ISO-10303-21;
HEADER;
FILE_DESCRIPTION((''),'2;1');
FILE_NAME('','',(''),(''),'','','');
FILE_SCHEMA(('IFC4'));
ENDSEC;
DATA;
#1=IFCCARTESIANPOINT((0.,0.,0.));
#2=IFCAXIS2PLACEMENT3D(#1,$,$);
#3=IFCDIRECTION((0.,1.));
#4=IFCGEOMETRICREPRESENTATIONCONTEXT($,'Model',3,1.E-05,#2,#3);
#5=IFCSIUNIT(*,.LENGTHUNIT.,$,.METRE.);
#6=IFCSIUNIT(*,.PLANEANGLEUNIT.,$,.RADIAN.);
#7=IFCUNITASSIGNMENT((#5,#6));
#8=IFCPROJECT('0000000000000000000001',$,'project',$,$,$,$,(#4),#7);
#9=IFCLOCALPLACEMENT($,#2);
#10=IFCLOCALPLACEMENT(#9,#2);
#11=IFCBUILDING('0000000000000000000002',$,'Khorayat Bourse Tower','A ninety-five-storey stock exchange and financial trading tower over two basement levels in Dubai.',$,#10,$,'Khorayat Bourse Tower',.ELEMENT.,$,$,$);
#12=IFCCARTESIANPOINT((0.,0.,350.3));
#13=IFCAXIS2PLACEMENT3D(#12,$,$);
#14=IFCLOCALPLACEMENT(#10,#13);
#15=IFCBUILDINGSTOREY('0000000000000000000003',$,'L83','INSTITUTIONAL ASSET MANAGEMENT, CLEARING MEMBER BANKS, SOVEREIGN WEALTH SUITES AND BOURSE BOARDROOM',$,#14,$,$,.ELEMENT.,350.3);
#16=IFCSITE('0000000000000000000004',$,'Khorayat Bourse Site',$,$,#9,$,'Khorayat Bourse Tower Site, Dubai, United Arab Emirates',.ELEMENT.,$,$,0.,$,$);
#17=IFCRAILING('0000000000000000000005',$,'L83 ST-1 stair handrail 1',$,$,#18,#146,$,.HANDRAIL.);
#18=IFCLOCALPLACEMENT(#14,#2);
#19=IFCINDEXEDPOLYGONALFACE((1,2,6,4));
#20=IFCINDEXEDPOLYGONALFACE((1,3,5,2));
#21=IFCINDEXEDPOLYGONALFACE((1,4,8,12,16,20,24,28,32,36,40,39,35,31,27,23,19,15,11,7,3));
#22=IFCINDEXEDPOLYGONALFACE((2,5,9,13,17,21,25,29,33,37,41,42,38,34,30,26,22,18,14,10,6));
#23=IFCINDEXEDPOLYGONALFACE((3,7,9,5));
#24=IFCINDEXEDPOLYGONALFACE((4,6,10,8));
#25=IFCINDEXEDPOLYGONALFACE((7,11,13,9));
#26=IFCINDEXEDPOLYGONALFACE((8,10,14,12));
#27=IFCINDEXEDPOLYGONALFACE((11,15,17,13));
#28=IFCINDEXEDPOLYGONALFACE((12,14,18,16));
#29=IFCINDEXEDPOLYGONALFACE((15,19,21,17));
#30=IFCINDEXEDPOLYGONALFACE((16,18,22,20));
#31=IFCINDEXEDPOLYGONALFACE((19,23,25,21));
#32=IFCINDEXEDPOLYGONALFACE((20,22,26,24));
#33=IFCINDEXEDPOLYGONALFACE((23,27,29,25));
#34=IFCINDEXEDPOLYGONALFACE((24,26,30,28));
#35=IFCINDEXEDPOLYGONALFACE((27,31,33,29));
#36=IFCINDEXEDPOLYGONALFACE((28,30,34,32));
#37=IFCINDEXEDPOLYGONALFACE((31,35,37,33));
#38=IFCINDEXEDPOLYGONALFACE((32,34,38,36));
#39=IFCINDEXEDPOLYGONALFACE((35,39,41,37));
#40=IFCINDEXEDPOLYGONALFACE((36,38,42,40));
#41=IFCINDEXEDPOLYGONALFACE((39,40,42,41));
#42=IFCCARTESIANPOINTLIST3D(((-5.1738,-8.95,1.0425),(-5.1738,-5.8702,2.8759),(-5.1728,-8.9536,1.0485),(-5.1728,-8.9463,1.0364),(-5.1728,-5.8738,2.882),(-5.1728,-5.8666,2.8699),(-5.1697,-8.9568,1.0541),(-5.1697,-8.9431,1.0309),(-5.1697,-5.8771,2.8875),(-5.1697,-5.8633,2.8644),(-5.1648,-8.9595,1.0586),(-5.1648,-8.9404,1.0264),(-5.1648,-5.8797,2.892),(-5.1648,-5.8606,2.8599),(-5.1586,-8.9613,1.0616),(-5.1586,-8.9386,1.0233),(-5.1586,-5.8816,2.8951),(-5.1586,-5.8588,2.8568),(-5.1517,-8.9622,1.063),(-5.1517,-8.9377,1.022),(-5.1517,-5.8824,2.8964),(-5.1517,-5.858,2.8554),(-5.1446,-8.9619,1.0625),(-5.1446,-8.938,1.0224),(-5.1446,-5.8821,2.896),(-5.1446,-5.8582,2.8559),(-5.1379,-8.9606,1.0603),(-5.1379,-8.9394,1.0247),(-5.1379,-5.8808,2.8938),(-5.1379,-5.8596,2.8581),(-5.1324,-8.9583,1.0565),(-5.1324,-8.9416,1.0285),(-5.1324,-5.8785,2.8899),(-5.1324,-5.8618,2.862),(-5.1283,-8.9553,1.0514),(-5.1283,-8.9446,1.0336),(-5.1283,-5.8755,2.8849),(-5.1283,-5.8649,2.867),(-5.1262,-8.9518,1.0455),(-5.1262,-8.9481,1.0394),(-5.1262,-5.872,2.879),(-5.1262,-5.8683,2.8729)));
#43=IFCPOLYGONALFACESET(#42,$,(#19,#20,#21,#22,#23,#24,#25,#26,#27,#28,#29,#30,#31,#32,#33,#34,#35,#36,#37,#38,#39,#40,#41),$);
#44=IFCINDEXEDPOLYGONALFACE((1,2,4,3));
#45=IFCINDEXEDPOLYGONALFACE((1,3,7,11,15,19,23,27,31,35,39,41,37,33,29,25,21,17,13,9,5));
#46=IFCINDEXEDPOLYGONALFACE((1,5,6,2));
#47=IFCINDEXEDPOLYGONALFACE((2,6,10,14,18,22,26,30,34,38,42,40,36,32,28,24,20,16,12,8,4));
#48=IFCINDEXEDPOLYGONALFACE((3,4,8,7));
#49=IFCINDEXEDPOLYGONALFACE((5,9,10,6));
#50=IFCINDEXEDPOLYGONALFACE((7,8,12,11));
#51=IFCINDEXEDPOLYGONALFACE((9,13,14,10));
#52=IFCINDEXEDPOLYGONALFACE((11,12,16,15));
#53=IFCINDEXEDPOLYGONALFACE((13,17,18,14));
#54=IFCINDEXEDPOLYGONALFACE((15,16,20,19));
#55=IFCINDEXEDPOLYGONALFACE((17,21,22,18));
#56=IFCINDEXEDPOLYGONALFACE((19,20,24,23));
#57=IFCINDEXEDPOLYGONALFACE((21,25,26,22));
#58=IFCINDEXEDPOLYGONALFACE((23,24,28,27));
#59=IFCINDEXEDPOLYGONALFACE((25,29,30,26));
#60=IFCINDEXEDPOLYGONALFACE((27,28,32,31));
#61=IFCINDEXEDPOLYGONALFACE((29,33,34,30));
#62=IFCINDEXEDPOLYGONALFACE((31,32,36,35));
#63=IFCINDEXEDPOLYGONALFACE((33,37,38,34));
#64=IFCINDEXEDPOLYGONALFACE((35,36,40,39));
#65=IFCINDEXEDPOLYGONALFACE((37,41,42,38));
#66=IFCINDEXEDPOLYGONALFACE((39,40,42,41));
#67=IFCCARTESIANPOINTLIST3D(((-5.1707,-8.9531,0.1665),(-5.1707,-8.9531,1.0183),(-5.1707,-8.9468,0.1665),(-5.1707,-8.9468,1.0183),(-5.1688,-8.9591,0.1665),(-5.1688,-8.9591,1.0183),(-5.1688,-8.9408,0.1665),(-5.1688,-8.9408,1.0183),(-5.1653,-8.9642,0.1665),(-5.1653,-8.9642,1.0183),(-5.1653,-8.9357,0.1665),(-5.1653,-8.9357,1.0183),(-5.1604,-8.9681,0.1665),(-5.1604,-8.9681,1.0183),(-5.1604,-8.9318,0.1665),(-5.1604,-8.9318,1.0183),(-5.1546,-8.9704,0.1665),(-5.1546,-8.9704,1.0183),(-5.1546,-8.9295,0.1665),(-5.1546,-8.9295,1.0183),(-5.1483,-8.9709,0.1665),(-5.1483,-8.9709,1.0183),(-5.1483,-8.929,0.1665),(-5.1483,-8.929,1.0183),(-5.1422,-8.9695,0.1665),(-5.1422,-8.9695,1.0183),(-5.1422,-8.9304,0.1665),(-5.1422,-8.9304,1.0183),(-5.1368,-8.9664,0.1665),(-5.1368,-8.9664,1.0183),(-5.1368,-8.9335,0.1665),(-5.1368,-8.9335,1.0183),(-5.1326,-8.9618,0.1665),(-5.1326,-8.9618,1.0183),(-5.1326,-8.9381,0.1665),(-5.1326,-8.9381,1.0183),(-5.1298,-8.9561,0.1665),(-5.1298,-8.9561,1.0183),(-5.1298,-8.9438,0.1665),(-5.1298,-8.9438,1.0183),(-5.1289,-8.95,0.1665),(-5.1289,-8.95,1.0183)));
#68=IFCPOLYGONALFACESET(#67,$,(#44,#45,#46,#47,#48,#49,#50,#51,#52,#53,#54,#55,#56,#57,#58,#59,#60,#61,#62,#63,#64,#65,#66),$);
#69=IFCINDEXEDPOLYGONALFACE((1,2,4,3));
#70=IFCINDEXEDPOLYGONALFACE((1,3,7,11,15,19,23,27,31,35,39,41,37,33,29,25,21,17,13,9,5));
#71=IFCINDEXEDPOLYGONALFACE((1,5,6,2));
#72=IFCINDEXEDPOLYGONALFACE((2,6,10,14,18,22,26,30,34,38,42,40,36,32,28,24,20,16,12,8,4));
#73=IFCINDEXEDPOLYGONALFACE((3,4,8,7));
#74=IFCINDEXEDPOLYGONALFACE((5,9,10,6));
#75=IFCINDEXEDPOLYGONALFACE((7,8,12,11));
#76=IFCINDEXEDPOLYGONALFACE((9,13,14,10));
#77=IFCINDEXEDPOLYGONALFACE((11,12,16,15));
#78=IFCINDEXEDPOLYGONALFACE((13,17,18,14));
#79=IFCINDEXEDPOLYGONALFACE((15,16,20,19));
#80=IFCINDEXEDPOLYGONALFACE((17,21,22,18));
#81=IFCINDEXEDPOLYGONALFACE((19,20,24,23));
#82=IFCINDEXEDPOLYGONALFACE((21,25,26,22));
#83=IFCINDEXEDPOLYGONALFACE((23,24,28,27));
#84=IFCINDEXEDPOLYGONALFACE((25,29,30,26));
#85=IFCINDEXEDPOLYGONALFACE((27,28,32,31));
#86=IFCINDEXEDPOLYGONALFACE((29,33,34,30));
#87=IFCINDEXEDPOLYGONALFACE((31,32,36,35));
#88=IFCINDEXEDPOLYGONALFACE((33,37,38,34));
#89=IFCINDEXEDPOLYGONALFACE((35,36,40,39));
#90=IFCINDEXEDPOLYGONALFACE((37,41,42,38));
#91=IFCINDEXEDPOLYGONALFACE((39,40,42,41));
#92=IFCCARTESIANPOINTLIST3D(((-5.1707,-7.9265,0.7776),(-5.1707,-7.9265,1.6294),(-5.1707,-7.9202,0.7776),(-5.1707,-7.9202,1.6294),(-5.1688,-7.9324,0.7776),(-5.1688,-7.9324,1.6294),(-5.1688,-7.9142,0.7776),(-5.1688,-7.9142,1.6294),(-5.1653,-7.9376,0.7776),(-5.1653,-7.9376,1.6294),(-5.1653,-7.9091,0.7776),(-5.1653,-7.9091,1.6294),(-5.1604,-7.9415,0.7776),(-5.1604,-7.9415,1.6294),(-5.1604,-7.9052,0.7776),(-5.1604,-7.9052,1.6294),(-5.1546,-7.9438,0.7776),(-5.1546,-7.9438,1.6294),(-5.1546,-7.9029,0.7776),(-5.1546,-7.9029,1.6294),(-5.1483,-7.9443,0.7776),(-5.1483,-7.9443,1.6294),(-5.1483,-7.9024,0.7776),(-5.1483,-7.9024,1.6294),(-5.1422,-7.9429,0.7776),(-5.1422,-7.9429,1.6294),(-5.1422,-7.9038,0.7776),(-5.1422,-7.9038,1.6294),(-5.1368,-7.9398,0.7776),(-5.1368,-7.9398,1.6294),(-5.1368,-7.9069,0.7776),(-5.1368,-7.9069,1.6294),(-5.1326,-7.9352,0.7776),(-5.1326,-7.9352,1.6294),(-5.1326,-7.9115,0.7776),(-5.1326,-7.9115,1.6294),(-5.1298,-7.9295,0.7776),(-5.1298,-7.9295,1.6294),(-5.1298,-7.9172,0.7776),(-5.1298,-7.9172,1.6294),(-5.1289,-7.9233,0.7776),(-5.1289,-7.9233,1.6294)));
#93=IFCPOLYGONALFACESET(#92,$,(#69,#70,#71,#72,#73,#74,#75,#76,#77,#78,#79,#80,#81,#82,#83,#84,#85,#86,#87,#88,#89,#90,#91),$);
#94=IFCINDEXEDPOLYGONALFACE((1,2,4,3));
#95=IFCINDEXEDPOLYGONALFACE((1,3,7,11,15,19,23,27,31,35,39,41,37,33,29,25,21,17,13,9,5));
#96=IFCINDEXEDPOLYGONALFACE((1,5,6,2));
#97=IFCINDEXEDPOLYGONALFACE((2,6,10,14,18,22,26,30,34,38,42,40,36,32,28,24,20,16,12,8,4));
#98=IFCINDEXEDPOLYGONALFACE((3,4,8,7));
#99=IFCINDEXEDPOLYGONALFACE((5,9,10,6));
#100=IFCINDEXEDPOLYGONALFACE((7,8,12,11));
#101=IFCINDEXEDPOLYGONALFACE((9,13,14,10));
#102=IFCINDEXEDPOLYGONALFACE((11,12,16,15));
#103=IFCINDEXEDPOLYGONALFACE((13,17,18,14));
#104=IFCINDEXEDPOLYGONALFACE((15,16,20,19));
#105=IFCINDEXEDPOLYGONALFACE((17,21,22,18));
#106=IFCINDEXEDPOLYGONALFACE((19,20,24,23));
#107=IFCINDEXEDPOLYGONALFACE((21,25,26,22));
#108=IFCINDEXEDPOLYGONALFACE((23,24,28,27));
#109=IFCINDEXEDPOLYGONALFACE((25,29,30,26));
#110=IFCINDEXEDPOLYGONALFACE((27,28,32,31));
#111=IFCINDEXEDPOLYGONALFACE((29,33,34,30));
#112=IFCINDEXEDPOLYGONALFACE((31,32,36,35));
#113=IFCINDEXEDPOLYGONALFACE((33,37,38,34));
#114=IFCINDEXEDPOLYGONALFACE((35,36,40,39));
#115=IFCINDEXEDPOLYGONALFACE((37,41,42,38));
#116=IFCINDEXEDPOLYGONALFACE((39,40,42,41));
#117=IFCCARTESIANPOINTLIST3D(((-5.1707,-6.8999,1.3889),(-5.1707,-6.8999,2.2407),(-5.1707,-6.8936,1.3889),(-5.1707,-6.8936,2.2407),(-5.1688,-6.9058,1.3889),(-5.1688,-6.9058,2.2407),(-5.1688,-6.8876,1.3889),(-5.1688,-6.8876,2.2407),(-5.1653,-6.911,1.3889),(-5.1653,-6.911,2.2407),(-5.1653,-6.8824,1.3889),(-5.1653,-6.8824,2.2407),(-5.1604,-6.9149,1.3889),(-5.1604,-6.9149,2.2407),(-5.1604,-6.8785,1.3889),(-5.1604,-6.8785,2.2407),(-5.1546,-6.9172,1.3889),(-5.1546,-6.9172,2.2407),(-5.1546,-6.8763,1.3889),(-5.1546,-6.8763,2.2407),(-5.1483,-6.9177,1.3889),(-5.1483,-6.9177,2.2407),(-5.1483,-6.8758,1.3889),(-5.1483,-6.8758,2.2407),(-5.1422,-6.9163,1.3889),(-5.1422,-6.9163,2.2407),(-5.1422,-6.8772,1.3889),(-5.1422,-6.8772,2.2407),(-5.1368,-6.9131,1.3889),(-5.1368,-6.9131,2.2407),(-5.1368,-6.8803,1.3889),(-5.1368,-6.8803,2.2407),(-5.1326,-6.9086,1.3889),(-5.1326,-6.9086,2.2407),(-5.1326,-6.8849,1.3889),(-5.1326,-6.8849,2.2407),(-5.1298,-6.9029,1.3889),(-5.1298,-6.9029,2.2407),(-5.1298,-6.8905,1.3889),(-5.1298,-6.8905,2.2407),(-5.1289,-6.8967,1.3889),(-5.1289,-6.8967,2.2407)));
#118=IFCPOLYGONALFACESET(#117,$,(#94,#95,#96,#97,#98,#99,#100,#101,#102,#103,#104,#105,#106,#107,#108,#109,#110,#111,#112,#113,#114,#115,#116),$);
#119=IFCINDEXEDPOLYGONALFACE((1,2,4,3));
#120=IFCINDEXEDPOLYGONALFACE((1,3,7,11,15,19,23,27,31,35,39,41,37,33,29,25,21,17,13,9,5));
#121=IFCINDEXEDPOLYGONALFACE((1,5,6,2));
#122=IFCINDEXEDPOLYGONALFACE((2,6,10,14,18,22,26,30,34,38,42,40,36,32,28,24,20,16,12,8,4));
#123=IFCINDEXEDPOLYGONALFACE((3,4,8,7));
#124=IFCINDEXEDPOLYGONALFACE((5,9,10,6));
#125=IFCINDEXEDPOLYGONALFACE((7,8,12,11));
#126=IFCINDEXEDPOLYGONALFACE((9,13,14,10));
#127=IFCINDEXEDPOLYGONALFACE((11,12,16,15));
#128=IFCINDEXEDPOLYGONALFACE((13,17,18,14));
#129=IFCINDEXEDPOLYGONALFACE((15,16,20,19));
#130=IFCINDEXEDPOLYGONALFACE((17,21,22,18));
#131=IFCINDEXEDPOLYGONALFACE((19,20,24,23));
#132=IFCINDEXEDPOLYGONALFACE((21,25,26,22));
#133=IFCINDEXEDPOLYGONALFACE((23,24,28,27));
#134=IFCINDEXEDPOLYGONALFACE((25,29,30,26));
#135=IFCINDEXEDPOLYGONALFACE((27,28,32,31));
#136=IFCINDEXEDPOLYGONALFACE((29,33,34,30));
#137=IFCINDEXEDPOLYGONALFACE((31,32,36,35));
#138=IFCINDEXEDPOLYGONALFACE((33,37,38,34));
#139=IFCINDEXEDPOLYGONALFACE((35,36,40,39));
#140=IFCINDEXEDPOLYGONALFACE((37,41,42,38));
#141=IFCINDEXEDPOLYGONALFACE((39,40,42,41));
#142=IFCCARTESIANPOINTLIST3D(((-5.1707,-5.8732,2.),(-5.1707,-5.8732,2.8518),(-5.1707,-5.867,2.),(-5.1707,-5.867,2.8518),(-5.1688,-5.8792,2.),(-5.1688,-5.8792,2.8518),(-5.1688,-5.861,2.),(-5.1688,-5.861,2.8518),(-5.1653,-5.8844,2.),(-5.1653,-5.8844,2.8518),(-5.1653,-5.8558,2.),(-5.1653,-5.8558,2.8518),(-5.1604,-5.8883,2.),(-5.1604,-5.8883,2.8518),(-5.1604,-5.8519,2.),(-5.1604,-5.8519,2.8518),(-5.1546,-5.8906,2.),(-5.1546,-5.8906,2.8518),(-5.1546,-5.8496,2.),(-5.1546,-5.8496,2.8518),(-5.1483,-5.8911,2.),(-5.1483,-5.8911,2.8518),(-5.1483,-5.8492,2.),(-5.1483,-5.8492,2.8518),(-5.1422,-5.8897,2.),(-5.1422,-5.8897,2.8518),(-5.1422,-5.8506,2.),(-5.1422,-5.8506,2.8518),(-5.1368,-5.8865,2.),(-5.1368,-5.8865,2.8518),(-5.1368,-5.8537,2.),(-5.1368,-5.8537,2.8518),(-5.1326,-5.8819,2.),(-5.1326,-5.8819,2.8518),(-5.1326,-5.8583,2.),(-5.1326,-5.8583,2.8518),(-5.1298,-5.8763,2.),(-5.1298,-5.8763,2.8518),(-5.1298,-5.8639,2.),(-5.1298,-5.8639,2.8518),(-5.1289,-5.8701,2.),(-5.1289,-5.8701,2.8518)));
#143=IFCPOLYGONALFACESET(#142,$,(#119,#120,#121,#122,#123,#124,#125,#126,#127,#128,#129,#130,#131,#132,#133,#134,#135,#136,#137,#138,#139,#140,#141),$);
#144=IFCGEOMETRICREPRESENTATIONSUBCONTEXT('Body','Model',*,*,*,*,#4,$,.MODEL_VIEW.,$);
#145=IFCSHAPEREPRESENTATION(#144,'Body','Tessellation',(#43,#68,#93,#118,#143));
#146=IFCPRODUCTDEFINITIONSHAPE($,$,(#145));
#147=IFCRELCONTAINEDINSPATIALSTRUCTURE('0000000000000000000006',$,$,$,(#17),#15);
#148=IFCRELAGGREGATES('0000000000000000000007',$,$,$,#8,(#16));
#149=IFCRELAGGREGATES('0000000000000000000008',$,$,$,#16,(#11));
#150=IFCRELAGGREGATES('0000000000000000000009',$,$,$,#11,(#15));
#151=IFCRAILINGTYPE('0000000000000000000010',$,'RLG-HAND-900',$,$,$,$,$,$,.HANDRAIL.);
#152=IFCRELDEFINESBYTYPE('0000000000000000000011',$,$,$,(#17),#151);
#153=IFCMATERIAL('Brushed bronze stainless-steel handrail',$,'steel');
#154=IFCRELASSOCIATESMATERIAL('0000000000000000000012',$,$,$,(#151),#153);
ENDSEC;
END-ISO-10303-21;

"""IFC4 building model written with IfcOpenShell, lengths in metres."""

from ifc_helpers import new_model, si_unit, direction, frame, origin, origin_2d, place, context, subcontext, project, spatial, circle, extrude, source, transform, mapped, material, type_object, element, save


model = new_model("IFC4")

# Units and contexts
model_context = context("Model", 3, precision=1e-05, world=origin(), true_north=direction((0.0, 1.0)))
body_context = subcontext(model_context, "Body", "Model", "MODEL_VIEW")
ifc_project = project(units=[si_unit("LENGTHUNIT", "METRE"), si_unit("PLANEANGLEUNIT", "RADIAN")], contexts=[model_context])

# Site, building, storey
site_placement = place(None, origin())
site = spatial("IfcSite", under=ifc_project, at=site_placement, Name="Khorayat Bourse Site", LongName="Khorayat Bourse Tower Site, Dubai, United Arab Emirates", CompositionType="ELEMENT", RefElevation=0.0)
building_placement = place(site_placement, origin())
building = spatial("IfcBuilding", under=site, at=building_placement, Name="Khorayat Bourse Tower", Description="A ninety-five-storey stock exchange and financial trading tower over two basement levels in Dubai.", LongName="Khorayat Bourse Tower", CompositionType="ELEMENT")
storey_placement = place(building_placement, frame((0.0, 0.0, 350.3)))
storey = spatial("IfcBuildingStorey", under=building, at=storey_placement, Name="L83", Description="INSTITUTIONAL ASSET MANAGEMENT, CLEARING MEMBER BANKS, SOVEREIGN WEALTH SUITES AND BOURSE BOARDROOM", CompositionType="ELEMENT", Elevation=350.3)

# Railing
ifc_material_1 = material(Name="Brushed bronze stainless-steel handrail", Category="steel")
railing_type_1 = type_object("IfcRailingType", Name="RLG-HAND-900", PredefinedType="HANDRAIL", material=ifc_material_1)
shared_shape_1 = source(origin(), body_context, "Body", "SweptSolid", [
    extrude(circle(Radius=0.0239, at=origin_2d()), frame((0.0, 0.0, 0.876), z_axis=(0.0, 0.859261, 0.511538), x_axis=(-1.0, 0.0, 0.0)), (0.0, 0.0, 1.0), 3.5842),
    extrude(circle(Radius=0.021, at=origin_2d()), origin(), (0.0, 0.0, 1.0), 0.8518),
    extrude(circle(Radius=0.021, at=origin_2d()), frame((0.0, 1.0266, 0.6111)), (0.0, 0.0, 1.0), 0.8518),
    extrude(circle(Radius=0.021, at=origin_2d()), frame((0.0, 2.0532, 1.2224)), (0.0, 0.0, 1.0), 0.8518),
    extrude(circle(Radius=0.021, at=origin_2d()), frame((0.0, 3.0798, 1.8335)), (0.0, 0.0, 1.0), 0.8518),
])
railing_1_placement = place(storey_placement, frame((-5.1499, -8.95, 0.1665)))
element("IfcRailing", 1, at=railing_1_placement, inside=storey, type_object=railing_type_1, Name="L83 ST-1 stair handrail 1", PredefinedType="HANDRAIL", context=body_context, shape_type="MappedRepresentation", body=[
    mapped(shared_shape_1, transform((0.0, 0.0, 0.0), scale=1.0)),
])

save(model, "model.ifc")
